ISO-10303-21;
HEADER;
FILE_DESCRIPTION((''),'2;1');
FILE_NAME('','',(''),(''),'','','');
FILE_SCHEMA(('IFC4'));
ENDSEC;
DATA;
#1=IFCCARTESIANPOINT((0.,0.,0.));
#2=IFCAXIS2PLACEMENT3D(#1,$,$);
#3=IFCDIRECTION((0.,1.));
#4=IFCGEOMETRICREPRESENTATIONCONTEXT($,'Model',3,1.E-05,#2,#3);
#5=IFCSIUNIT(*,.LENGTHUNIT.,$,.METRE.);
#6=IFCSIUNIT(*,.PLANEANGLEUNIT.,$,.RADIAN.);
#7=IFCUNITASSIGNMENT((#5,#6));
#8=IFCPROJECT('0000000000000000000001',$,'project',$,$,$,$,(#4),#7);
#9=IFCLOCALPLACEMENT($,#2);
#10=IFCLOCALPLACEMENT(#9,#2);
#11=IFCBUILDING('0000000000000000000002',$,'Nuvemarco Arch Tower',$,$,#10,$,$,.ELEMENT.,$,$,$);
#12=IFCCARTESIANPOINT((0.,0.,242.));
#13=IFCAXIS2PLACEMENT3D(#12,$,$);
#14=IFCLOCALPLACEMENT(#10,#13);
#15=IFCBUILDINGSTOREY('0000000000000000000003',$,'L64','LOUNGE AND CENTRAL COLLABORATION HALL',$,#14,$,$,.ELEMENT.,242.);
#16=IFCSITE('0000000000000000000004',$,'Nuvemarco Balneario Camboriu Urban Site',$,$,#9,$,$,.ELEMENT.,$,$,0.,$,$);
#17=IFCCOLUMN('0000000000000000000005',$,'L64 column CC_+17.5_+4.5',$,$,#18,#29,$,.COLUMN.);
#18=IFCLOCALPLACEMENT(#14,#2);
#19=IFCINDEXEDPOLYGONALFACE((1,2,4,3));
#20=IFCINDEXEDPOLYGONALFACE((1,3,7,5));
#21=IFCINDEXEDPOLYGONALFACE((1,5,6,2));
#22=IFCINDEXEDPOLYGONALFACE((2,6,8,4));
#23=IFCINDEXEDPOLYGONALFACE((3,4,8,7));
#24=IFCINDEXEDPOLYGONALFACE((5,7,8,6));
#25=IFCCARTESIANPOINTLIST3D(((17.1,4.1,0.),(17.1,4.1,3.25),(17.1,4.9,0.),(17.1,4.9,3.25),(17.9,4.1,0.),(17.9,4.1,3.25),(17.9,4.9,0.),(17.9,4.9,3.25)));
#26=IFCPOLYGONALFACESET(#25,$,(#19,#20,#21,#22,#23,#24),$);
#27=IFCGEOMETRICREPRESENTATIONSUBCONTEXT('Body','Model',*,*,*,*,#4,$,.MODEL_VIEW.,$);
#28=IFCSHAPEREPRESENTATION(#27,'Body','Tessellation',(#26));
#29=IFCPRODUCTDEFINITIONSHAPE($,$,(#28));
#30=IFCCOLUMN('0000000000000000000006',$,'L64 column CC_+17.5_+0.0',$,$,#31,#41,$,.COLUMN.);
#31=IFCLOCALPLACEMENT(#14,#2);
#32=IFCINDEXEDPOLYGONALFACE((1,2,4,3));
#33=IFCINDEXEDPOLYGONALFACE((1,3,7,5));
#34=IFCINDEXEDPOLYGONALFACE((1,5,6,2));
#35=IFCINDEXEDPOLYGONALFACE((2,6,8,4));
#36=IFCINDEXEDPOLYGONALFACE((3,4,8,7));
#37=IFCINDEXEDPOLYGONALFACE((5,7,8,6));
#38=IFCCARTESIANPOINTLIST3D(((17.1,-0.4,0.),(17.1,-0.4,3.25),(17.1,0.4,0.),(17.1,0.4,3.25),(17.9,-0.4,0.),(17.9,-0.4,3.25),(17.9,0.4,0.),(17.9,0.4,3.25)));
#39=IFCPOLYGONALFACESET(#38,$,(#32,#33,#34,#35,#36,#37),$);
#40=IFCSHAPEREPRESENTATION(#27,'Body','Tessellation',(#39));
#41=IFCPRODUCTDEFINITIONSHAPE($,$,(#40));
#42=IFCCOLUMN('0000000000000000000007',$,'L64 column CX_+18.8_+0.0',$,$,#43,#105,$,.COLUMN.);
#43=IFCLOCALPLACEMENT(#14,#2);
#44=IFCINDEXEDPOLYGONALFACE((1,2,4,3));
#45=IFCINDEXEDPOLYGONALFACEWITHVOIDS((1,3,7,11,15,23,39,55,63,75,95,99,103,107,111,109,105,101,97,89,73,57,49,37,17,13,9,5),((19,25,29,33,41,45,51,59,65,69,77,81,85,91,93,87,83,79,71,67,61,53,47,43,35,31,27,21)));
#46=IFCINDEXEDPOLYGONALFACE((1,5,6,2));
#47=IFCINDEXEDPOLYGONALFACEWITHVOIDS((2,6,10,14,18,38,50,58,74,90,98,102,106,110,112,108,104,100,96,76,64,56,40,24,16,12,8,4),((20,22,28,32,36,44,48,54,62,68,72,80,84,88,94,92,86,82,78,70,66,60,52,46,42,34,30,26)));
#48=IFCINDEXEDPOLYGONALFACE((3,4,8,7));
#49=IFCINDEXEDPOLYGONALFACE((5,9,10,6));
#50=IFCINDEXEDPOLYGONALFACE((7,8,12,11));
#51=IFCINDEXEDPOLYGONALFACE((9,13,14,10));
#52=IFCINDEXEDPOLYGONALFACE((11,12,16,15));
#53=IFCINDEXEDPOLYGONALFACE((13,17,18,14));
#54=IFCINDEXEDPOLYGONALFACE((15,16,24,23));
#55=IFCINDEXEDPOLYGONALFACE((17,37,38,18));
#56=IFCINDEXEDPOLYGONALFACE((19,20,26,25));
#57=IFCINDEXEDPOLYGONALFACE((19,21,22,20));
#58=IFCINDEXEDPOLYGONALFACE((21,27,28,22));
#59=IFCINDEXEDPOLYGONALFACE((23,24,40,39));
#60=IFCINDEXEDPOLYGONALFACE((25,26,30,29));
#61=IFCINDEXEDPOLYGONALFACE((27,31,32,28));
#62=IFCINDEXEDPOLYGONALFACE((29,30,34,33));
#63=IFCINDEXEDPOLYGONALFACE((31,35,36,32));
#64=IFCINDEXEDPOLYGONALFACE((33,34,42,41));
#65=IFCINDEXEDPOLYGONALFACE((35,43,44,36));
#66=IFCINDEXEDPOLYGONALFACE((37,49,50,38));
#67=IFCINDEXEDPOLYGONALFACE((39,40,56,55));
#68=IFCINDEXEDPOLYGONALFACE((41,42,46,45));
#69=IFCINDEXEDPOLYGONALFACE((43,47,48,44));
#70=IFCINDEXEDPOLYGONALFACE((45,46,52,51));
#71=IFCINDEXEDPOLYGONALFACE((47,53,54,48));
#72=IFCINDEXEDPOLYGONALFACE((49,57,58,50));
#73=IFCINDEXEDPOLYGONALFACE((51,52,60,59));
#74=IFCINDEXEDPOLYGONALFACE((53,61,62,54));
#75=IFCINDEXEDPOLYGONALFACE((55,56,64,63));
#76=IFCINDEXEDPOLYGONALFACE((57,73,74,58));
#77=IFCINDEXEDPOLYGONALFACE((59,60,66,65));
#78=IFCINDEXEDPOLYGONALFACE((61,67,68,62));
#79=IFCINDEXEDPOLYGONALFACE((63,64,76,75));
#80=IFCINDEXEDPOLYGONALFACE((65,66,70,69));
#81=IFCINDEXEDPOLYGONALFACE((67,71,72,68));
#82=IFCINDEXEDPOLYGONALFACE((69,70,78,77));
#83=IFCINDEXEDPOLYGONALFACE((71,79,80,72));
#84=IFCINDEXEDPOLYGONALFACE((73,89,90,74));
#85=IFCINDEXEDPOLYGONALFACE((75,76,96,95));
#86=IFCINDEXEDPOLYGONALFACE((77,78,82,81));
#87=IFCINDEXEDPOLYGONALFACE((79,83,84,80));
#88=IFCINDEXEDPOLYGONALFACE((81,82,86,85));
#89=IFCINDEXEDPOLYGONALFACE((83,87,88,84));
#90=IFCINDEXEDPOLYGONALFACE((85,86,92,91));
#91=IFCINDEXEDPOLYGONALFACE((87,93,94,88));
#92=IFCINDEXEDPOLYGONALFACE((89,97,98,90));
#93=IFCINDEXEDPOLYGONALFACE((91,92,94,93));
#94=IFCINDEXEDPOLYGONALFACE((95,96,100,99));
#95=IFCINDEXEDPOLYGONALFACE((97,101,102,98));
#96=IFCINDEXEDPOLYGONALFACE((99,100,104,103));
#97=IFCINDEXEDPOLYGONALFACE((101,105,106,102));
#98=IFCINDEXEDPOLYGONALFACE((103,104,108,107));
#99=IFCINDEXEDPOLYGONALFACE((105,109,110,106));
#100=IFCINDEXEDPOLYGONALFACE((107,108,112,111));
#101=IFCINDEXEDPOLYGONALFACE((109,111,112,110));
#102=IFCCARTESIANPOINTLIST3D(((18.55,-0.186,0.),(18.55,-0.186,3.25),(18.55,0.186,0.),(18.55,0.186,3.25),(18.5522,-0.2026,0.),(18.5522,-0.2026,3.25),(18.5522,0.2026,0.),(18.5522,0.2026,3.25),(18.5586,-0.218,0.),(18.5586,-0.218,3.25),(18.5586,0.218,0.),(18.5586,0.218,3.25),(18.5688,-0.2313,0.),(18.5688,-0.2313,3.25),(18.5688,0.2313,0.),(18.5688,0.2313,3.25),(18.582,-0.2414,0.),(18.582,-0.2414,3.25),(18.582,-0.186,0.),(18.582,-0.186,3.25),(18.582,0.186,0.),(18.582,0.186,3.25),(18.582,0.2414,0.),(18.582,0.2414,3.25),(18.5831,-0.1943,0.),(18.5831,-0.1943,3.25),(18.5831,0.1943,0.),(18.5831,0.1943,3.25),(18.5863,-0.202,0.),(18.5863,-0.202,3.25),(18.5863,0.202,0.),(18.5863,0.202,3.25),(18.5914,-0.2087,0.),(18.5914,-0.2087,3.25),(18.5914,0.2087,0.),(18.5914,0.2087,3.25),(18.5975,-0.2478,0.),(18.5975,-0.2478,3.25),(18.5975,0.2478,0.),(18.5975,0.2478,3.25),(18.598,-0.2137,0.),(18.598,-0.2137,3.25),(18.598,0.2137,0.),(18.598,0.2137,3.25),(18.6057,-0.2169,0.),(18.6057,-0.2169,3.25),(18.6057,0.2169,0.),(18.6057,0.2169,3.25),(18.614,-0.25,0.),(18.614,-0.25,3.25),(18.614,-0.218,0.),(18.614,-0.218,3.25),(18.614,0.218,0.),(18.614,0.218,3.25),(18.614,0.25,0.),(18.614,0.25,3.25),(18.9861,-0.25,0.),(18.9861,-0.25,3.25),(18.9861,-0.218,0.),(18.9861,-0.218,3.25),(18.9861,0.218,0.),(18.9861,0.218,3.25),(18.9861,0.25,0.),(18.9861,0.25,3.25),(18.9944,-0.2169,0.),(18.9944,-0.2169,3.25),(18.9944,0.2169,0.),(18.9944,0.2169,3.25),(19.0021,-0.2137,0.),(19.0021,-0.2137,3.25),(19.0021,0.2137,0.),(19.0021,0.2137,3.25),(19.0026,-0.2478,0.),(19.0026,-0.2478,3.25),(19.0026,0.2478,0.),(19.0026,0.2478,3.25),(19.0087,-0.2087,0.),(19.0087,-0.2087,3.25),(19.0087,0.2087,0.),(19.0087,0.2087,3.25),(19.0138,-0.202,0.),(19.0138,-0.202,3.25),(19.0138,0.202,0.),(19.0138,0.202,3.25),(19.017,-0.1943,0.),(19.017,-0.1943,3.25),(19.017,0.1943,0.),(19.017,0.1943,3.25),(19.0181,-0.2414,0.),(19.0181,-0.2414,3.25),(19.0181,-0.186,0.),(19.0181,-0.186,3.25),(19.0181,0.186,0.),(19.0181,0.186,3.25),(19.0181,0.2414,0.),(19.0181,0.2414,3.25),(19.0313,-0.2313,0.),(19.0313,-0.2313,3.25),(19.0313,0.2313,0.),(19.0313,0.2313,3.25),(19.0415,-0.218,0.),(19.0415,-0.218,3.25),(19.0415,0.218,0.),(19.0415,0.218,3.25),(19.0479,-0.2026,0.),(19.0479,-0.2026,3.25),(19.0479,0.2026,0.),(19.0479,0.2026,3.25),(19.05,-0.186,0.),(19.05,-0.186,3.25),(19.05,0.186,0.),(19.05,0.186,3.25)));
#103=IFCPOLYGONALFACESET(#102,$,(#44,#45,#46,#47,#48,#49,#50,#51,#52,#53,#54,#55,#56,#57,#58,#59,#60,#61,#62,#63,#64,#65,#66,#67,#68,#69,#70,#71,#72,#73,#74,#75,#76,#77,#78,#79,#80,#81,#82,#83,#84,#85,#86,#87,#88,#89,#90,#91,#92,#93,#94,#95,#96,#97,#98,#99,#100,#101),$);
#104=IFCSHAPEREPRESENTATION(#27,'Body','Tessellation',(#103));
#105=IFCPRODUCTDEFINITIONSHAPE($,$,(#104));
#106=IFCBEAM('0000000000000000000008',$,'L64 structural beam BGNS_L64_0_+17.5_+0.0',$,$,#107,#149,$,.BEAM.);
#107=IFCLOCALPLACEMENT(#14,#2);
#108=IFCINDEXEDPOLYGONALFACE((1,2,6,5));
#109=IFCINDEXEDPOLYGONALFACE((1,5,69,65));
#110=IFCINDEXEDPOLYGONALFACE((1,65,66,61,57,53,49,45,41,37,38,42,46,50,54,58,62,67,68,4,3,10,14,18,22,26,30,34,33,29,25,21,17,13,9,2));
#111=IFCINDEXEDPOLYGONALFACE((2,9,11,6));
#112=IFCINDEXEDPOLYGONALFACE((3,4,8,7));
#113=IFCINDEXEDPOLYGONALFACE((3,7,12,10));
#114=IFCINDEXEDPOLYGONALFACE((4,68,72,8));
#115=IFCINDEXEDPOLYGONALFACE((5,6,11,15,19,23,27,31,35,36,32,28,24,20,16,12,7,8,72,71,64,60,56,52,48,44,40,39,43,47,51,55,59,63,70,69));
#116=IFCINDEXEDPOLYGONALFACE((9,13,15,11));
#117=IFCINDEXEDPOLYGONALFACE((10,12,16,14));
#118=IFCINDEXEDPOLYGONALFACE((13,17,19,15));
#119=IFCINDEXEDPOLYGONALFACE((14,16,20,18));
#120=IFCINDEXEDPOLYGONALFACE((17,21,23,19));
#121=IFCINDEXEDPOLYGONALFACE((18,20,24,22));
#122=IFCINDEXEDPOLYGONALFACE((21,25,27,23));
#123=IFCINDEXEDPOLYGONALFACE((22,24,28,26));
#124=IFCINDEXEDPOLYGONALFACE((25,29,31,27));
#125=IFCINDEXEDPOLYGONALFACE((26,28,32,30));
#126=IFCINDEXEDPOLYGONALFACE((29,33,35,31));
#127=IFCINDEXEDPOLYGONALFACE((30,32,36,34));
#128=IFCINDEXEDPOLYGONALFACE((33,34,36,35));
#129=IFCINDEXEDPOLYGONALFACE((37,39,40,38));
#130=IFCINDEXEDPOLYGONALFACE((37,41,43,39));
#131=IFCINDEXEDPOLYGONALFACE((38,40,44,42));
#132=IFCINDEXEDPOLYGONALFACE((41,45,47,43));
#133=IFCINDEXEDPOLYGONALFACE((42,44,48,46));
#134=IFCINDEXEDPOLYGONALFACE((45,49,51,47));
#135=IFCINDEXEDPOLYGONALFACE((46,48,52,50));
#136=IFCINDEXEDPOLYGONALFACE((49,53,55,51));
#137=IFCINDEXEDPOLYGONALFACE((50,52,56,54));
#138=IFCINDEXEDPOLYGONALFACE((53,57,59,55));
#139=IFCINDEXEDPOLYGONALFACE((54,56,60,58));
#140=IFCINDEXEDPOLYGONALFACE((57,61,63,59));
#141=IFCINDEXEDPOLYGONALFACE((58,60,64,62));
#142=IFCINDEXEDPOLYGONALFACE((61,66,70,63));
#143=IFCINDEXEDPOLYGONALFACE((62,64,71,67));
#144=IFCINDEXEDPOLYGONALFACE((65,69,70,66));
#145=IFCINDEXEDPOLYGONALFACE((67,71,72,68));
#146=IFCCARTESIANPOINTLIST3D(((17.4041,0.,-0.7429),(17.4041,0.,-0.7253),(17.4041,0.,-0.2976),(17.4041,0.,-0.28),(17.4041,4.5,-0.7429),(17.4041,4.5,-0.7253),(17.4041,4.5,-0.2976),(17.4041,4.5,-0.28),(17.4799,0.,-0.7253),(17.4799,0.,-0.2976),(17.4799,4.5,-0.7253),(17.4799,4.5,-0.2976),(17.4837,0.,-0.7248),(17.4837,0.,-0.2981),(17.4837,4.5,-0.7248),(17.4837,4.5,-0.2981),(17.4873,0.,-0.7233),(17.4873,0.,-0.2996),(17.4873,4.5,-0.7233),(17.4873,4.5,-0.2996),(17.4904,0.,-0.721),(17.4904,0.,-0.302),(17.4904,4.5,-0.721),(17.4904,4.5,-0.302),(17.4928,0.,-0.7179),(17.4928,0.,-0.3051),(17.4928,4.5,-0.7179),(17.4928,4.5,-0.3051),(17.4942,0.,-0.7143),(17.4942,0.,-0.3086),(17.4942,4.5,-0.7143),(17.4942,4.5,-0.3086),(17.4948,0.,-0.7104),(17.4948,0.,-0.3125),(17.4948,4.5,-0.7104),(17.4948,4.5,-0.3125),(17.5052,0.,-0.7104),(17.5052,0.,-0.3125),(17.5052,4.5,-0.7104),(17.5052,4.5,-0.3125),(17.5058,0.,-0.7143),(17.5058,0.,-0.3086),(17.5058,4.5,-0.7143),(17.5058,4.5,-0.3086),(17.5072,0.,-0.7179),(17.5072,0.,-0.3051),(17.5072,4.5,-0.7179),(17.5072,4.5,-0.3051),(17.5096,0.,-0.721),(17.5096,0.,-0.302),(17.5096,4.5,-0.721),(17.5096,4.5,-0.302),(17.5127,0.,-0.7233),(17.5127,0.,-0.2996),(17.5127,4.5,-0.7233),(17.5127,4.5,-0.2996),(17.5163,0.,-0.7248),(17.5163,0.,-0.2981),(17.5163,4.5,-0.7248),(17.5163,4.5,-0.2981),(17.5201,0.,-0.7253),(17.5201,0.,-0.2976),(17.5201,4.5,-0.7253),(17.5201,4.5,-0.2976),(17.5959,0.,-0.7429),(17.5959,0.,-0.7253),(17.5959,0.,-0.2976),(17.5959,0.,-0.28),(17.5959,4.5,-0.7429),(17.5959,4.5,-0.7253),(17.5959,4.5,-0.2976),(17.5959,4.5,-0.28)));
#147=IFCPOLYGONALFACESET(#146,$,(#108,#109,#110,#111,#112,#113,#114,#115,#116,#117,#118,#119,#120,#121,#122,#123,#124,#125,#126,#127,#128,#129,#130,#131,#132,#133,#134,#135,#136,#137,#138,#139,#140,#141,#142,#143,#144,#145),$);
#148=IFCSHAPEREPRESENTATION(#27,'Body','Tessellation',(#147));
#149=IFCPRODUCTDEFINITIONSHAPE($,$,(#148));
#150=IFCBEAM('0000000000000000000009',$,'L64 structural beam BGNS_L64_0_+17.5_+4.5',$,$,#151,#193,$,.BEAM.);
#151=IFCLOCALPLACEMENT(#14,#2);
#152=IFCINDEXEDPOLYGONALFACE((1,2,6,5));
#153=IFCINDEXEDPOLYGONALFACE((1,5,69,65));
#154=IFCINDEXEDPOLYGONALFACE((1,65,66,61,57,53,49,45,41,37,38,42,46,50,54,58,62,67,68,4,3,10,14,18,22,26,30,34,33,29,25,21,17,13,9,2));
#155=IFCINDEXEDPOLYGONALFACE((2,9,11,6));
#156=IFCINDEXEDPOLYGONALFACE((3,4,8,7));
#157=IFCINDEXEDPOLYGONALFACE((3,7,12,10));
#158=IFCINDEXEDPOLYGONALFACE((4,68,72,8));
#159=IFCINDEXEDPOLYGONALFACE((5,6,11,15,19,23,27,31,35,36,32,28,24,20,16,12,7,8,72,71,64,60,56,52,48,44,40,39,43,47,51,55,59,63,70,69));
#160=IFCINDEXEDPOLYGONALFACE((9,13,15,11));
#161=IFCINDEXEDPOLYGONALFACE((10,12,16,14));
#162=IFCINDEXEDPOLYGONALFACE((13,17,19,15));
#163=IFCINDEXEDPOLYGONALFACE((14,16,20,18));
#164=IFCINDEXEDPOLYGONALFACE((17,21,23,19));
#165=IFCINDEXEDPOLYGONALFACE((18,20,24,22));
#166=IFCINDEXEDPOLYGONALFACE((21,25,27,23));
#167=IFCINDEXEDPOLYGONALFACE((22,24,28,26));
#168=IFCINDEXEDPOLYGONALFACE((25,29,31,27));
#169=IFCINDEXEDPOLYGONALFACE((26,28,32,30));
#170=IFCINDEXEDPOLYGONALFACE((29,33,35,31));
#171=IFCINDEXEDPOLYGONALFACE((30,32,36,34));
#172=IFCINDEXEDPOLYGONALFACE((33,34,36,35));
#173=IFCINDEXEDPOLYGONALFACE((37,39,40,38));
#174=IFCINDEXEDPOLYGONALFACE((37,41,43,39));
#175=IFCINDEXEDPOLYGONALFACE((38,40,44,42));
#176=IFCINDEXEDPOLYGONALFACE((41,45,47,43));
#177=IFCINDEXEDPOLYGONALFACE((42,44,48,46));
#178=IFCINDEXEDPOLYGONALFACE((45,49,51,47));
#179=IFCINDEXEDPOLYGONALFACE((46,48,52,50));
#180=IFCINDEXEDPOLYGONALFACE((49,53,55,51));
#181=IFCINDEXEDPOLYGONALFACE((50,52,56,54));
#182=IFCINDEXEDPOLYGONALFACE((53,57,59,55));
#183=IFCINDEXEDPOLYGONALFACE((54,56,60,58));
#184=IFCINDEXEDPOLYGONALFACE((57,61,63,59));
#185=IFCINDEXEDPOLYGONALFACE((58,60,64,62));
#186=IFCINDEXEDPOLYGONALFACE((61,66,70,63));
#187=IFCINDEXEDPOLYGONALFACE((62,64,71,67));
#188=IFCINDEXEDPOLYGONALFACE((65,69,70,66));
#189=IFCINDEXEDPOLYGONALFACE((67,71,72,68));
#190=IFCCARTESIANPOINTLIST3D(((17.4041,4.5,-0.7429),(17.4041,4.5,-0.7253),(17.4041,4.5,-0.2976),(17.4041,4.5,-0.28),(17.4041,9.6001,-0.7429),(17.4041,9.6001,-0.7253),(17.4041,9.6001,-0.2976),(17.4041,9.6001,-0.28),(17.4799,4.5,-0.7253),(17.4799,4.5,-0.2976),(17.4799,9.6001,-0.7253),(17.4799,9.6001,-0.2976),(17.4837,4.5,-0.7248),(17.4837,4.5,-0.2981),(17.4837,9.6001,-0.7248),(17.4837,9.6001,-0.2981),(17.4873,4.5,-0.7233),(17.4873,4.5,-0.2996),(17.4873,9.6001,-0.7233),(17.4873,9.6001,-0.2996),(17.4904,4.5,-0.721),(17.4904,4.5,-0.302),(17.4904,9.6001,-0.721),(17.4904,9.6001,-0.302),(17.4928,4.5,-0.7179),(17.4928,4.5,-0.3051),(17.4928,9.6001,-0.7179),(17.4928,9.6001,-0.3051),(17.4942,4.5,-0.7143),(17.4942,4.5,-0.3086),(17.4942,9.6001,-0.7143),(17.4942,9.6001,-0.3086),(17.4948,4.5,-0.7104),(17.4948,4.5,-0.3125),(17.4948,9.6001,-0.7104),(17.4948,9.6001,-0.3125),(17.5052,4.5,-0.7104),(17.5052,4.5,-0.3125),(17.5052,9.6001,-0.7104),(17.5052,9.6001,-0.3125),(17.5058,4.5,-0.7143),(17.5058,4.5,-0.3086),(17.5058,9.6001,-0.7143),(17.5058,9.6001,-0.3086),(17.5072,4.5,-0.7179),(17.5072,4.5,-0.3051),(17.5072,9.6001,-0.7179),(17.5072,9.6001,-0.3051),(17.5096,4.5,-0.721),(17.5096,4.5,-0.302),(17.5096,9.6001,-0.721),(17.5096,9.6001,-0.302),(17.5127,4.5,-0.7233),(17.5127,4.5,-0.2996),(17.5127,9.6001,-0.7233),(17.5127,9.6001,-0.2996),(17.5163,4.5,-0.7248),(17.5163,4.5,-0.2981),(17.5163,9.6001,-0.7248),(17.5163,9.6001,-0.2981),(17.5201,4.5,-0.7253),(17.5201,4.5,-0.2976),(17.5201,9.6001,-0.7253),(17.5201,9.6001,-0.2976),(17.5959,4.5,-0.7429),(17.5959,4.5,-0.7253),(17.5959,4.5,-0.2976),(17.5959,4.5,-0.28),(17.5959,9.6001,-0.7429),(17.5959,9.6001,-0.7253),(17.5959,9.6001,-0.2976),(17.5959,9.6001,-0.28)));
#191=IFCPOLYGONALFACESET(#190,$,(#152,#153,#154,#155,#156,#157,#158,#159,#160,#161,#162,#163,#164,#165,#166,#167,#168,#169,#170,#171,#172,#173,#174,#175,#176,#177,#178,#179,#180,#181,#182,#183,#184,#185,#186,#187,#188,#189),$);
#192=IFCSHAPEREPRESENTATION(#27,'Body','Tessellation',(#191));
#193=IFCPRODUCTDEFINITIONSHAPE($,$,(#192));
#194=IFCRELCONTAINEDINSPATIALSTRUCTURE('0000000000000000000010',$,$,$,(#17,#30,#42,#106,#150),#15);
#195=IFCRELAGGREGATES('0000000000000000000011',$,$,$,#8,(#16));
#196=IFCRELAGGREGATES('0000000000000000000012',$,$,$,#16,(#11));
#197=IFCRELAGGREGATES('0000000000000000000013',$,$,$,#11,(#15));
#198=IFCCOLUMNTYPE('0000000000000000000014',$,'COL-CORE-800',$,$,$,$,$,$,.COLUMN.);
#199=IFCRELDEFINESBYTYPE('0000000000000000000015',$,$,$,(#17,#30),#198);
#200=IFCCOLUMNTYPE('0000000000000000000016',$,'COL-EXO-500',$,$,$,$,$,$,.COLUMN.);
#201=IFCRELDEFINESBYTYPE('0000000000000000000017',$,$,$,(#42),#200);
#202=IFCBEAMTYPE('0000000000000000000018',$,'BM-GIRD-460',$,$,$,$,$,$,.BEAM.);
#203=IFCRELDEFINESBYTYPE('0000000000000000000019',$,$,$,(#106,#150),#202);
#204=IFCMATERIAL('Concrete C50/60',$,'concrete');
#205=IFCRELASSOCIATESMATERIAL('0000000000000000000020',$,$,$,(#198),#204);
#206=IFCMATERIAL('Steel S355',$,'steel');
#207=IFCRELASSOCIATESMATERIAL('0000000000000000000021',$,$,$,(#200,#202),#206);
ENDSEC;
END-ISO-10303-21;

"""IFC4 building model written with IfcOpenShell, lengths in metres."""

from ifc_helpers import new_model, si_unit, direction, frame, origin, origin_2d, place, context, subcontext, project, spatial, rectangle, hollow_rectangle, i_section, extrude, material, material_profile, profile_set, type_object, element, save


model = new_model("IFC4")

# Units and contexts
model_context = context("Model", 3, precision=1e-05, world=origin(), true_north=direction((0.0, 1.0)))
body_context = subcontext(model_context, "Body", "Model", "MODEL_VIEW")
ifc_project = project(units=[si_unit("LENGTHUNIT", "METRE"), si_unit("PLANEANGLEUNIT", "RADIAN")], contexts=[model_context])

# Site, building, storey
site_placement = place(None, origin())
site = spatial("IfcSite", under=ifc_project, at=site_placement, Name="Nuvemarco Balneario Camboriu Urban Site", CompositionType="ELEMENT", RefElevation=0.0)
building_placement = place(site_placement, origin())
building = spatial("IfcBuilding", under=site, at=building_placement, Name="Nuvemarco Arch Tower", CompositionType="ELEMENT")
storey_placement = place(building_placement, frame((0.0, 0.0, 242.0)))
storey = spatial("IfcBuildingStorey", under=building, at=storey_placement, Name="L64", Description="LOUNGE AND CENTRAL COLLABORATION HALL", CompositionType="ELEMENT", Elevation=242.0)

# Columns
ifc_material_1 = material(Name="Concrete C50/60", Category="concrete")
ifc_material_profile_1 = material_profile(ifc_material_1, rectangle(XDim=0.8, YDim=0.8, at=origin_2d()), Name="RC-COL-800x800")
ifc_profile_set_1 = profile_set([ifc_material_profile_1], Name="Concrete C50/60")
column_type_1 = type_object("IfcColumnType", Name="COL-CORE-800", PredefinedType="COLUMN", material=ifc_profile_set_1)
for number, where, z_axis, x_axis, name in (
    (1, (17.5, 4.5, 0.0), (0.0, 0.0, 1.0), (1.0, 0.0, 0.0), "L64 column CC_+17.5_+4.5"),
    (2, (17.5, 0.0, 0.0), (0.0, 0.0, 1.0), (1.0, 0.0, 0.0), "L64 column CC_+17.5_+0.0"),
):
    element("IfcColumn", number, at=place(storey_placement, frame(where, z_axis=z_axis, x_axis=x_axis)), inside=storey, type_object=column_type_1, Name=name, PredefinedType="COLUMN", context=body_context, shape_type="SweptSolid", body=[
        extrude(rectangle(XDim=0.8, YDim=0.8, at=origin_2d()), origin(), (0.0, 0.0, 1.0), 3.25),
    ])
ifc_material_2 = material(Name="Steel S355", Category="steel")
ifc_material_profile_2 = material_profile(ifc_material_2, hollow_rectangle(XDim=0.5, YDim=0.5, WallThickness=0.032, InnerFilletRadius=0.032, OuterFilletRadius=0.064, at=origin_2d()), Name="SHS500x500x32")
ifc_profile_set_2 = profile_set([ifc_material_profile_2], Name="Steel S355")
column_type_2 = type_object("IfcColumnType", Name="COL-EXO-500", PredefinedType="COLUMN", material=ifc_profile_set_2)
column_placement = place(storey_placement, frame((18.8, 0.0, 0.0), z_axis=(0.0, 0.0, 1.0), x_axis=(1.0, 0.0, 0.0)))
element("IfcColumn", 3, at=column_placement, inside=storey, type_object=column_type_2, Name="L64 column CX_+18.8_+0.0", PredefinedType="COLUMN", context=body_context, shape_type="SweptSolid", body=[
    extrude(hollow_rectangle(XDim=0.5, YDim=0.5, WallThickness=0.032, InnerFilletRadius=0.032, OuterFilletRadius=0.064, at=origin_2d()), origin(), (0.0, 0.0, 1.0), 3.25),
])

# Beams
ifc_material_profile_3 = material_profile(ifc_material_2, i_section(OverallWidth=0.1919, OverallDepth=0.4629, WebThickness=0.0105, FlangeThickness=0.0176, FilletRadius=0.0149, at=origin_2d()), Name="W460x89")
ifc_profile_set_3 = profile_set([ifc_material_profile_3], Name="Steel S355")
beam_type_1 = type_object("IfcBeamType", Name="BM-GIRD-460", PredefinedType="BEAM", material=ifc_profile_set_3)
beam_1_placement = place(storey_placement, frame((17.5, 0.0, -0.5115), z_axis=(0.0, 1.0, 0.0), x_axis=(-1.0, 0.0, 0.0)))
element("IfcBeam", 4, at=beam_1_placement, inside=storey, type_object=beam_type_1, Name="L64 structural beam BGNS_L64_0_+17.5_+0.0", PredefinedType="BEAM", context=body_context, shape_type="SweptSolid", body=[
    extrude(i_section(OverallWidth=0.1919, OverallDepth=0.4629, WebThickness=0.0105, FlangeThickness=0.0176, FilletRadius=0.0149, at=origin_2d()), origin(), (0.0, 0.0, 1.0), 4.5),
])
beam_2_placement = place(storey_placement, frame((17.5, 4.5, -0.5115), z_axis=(0.0, 1.0, 0.0), x_axis=(-1.0, 0.0, 0.0)))
element("IfcBeam", 5, at=beam_2_placement, inside=storey, type_object=beam_type_1, Name="L64 structural beam BGNS_L64_0_+17.5_+4.5", PredefinedType="BEAM", context=body_context, shape_type="SweptSolid", body=[
    extrude(i_section(OverallWidth=0.1919, OverallDepth=0.4629, WebThickness=0.0105, FlangeThickness=0.0176, FilletRadius=0.0149, at=origin_2d()), origin(), (0.0, 0.0, 1.0), 5.1001),
])

save(model, "model.ifc")
